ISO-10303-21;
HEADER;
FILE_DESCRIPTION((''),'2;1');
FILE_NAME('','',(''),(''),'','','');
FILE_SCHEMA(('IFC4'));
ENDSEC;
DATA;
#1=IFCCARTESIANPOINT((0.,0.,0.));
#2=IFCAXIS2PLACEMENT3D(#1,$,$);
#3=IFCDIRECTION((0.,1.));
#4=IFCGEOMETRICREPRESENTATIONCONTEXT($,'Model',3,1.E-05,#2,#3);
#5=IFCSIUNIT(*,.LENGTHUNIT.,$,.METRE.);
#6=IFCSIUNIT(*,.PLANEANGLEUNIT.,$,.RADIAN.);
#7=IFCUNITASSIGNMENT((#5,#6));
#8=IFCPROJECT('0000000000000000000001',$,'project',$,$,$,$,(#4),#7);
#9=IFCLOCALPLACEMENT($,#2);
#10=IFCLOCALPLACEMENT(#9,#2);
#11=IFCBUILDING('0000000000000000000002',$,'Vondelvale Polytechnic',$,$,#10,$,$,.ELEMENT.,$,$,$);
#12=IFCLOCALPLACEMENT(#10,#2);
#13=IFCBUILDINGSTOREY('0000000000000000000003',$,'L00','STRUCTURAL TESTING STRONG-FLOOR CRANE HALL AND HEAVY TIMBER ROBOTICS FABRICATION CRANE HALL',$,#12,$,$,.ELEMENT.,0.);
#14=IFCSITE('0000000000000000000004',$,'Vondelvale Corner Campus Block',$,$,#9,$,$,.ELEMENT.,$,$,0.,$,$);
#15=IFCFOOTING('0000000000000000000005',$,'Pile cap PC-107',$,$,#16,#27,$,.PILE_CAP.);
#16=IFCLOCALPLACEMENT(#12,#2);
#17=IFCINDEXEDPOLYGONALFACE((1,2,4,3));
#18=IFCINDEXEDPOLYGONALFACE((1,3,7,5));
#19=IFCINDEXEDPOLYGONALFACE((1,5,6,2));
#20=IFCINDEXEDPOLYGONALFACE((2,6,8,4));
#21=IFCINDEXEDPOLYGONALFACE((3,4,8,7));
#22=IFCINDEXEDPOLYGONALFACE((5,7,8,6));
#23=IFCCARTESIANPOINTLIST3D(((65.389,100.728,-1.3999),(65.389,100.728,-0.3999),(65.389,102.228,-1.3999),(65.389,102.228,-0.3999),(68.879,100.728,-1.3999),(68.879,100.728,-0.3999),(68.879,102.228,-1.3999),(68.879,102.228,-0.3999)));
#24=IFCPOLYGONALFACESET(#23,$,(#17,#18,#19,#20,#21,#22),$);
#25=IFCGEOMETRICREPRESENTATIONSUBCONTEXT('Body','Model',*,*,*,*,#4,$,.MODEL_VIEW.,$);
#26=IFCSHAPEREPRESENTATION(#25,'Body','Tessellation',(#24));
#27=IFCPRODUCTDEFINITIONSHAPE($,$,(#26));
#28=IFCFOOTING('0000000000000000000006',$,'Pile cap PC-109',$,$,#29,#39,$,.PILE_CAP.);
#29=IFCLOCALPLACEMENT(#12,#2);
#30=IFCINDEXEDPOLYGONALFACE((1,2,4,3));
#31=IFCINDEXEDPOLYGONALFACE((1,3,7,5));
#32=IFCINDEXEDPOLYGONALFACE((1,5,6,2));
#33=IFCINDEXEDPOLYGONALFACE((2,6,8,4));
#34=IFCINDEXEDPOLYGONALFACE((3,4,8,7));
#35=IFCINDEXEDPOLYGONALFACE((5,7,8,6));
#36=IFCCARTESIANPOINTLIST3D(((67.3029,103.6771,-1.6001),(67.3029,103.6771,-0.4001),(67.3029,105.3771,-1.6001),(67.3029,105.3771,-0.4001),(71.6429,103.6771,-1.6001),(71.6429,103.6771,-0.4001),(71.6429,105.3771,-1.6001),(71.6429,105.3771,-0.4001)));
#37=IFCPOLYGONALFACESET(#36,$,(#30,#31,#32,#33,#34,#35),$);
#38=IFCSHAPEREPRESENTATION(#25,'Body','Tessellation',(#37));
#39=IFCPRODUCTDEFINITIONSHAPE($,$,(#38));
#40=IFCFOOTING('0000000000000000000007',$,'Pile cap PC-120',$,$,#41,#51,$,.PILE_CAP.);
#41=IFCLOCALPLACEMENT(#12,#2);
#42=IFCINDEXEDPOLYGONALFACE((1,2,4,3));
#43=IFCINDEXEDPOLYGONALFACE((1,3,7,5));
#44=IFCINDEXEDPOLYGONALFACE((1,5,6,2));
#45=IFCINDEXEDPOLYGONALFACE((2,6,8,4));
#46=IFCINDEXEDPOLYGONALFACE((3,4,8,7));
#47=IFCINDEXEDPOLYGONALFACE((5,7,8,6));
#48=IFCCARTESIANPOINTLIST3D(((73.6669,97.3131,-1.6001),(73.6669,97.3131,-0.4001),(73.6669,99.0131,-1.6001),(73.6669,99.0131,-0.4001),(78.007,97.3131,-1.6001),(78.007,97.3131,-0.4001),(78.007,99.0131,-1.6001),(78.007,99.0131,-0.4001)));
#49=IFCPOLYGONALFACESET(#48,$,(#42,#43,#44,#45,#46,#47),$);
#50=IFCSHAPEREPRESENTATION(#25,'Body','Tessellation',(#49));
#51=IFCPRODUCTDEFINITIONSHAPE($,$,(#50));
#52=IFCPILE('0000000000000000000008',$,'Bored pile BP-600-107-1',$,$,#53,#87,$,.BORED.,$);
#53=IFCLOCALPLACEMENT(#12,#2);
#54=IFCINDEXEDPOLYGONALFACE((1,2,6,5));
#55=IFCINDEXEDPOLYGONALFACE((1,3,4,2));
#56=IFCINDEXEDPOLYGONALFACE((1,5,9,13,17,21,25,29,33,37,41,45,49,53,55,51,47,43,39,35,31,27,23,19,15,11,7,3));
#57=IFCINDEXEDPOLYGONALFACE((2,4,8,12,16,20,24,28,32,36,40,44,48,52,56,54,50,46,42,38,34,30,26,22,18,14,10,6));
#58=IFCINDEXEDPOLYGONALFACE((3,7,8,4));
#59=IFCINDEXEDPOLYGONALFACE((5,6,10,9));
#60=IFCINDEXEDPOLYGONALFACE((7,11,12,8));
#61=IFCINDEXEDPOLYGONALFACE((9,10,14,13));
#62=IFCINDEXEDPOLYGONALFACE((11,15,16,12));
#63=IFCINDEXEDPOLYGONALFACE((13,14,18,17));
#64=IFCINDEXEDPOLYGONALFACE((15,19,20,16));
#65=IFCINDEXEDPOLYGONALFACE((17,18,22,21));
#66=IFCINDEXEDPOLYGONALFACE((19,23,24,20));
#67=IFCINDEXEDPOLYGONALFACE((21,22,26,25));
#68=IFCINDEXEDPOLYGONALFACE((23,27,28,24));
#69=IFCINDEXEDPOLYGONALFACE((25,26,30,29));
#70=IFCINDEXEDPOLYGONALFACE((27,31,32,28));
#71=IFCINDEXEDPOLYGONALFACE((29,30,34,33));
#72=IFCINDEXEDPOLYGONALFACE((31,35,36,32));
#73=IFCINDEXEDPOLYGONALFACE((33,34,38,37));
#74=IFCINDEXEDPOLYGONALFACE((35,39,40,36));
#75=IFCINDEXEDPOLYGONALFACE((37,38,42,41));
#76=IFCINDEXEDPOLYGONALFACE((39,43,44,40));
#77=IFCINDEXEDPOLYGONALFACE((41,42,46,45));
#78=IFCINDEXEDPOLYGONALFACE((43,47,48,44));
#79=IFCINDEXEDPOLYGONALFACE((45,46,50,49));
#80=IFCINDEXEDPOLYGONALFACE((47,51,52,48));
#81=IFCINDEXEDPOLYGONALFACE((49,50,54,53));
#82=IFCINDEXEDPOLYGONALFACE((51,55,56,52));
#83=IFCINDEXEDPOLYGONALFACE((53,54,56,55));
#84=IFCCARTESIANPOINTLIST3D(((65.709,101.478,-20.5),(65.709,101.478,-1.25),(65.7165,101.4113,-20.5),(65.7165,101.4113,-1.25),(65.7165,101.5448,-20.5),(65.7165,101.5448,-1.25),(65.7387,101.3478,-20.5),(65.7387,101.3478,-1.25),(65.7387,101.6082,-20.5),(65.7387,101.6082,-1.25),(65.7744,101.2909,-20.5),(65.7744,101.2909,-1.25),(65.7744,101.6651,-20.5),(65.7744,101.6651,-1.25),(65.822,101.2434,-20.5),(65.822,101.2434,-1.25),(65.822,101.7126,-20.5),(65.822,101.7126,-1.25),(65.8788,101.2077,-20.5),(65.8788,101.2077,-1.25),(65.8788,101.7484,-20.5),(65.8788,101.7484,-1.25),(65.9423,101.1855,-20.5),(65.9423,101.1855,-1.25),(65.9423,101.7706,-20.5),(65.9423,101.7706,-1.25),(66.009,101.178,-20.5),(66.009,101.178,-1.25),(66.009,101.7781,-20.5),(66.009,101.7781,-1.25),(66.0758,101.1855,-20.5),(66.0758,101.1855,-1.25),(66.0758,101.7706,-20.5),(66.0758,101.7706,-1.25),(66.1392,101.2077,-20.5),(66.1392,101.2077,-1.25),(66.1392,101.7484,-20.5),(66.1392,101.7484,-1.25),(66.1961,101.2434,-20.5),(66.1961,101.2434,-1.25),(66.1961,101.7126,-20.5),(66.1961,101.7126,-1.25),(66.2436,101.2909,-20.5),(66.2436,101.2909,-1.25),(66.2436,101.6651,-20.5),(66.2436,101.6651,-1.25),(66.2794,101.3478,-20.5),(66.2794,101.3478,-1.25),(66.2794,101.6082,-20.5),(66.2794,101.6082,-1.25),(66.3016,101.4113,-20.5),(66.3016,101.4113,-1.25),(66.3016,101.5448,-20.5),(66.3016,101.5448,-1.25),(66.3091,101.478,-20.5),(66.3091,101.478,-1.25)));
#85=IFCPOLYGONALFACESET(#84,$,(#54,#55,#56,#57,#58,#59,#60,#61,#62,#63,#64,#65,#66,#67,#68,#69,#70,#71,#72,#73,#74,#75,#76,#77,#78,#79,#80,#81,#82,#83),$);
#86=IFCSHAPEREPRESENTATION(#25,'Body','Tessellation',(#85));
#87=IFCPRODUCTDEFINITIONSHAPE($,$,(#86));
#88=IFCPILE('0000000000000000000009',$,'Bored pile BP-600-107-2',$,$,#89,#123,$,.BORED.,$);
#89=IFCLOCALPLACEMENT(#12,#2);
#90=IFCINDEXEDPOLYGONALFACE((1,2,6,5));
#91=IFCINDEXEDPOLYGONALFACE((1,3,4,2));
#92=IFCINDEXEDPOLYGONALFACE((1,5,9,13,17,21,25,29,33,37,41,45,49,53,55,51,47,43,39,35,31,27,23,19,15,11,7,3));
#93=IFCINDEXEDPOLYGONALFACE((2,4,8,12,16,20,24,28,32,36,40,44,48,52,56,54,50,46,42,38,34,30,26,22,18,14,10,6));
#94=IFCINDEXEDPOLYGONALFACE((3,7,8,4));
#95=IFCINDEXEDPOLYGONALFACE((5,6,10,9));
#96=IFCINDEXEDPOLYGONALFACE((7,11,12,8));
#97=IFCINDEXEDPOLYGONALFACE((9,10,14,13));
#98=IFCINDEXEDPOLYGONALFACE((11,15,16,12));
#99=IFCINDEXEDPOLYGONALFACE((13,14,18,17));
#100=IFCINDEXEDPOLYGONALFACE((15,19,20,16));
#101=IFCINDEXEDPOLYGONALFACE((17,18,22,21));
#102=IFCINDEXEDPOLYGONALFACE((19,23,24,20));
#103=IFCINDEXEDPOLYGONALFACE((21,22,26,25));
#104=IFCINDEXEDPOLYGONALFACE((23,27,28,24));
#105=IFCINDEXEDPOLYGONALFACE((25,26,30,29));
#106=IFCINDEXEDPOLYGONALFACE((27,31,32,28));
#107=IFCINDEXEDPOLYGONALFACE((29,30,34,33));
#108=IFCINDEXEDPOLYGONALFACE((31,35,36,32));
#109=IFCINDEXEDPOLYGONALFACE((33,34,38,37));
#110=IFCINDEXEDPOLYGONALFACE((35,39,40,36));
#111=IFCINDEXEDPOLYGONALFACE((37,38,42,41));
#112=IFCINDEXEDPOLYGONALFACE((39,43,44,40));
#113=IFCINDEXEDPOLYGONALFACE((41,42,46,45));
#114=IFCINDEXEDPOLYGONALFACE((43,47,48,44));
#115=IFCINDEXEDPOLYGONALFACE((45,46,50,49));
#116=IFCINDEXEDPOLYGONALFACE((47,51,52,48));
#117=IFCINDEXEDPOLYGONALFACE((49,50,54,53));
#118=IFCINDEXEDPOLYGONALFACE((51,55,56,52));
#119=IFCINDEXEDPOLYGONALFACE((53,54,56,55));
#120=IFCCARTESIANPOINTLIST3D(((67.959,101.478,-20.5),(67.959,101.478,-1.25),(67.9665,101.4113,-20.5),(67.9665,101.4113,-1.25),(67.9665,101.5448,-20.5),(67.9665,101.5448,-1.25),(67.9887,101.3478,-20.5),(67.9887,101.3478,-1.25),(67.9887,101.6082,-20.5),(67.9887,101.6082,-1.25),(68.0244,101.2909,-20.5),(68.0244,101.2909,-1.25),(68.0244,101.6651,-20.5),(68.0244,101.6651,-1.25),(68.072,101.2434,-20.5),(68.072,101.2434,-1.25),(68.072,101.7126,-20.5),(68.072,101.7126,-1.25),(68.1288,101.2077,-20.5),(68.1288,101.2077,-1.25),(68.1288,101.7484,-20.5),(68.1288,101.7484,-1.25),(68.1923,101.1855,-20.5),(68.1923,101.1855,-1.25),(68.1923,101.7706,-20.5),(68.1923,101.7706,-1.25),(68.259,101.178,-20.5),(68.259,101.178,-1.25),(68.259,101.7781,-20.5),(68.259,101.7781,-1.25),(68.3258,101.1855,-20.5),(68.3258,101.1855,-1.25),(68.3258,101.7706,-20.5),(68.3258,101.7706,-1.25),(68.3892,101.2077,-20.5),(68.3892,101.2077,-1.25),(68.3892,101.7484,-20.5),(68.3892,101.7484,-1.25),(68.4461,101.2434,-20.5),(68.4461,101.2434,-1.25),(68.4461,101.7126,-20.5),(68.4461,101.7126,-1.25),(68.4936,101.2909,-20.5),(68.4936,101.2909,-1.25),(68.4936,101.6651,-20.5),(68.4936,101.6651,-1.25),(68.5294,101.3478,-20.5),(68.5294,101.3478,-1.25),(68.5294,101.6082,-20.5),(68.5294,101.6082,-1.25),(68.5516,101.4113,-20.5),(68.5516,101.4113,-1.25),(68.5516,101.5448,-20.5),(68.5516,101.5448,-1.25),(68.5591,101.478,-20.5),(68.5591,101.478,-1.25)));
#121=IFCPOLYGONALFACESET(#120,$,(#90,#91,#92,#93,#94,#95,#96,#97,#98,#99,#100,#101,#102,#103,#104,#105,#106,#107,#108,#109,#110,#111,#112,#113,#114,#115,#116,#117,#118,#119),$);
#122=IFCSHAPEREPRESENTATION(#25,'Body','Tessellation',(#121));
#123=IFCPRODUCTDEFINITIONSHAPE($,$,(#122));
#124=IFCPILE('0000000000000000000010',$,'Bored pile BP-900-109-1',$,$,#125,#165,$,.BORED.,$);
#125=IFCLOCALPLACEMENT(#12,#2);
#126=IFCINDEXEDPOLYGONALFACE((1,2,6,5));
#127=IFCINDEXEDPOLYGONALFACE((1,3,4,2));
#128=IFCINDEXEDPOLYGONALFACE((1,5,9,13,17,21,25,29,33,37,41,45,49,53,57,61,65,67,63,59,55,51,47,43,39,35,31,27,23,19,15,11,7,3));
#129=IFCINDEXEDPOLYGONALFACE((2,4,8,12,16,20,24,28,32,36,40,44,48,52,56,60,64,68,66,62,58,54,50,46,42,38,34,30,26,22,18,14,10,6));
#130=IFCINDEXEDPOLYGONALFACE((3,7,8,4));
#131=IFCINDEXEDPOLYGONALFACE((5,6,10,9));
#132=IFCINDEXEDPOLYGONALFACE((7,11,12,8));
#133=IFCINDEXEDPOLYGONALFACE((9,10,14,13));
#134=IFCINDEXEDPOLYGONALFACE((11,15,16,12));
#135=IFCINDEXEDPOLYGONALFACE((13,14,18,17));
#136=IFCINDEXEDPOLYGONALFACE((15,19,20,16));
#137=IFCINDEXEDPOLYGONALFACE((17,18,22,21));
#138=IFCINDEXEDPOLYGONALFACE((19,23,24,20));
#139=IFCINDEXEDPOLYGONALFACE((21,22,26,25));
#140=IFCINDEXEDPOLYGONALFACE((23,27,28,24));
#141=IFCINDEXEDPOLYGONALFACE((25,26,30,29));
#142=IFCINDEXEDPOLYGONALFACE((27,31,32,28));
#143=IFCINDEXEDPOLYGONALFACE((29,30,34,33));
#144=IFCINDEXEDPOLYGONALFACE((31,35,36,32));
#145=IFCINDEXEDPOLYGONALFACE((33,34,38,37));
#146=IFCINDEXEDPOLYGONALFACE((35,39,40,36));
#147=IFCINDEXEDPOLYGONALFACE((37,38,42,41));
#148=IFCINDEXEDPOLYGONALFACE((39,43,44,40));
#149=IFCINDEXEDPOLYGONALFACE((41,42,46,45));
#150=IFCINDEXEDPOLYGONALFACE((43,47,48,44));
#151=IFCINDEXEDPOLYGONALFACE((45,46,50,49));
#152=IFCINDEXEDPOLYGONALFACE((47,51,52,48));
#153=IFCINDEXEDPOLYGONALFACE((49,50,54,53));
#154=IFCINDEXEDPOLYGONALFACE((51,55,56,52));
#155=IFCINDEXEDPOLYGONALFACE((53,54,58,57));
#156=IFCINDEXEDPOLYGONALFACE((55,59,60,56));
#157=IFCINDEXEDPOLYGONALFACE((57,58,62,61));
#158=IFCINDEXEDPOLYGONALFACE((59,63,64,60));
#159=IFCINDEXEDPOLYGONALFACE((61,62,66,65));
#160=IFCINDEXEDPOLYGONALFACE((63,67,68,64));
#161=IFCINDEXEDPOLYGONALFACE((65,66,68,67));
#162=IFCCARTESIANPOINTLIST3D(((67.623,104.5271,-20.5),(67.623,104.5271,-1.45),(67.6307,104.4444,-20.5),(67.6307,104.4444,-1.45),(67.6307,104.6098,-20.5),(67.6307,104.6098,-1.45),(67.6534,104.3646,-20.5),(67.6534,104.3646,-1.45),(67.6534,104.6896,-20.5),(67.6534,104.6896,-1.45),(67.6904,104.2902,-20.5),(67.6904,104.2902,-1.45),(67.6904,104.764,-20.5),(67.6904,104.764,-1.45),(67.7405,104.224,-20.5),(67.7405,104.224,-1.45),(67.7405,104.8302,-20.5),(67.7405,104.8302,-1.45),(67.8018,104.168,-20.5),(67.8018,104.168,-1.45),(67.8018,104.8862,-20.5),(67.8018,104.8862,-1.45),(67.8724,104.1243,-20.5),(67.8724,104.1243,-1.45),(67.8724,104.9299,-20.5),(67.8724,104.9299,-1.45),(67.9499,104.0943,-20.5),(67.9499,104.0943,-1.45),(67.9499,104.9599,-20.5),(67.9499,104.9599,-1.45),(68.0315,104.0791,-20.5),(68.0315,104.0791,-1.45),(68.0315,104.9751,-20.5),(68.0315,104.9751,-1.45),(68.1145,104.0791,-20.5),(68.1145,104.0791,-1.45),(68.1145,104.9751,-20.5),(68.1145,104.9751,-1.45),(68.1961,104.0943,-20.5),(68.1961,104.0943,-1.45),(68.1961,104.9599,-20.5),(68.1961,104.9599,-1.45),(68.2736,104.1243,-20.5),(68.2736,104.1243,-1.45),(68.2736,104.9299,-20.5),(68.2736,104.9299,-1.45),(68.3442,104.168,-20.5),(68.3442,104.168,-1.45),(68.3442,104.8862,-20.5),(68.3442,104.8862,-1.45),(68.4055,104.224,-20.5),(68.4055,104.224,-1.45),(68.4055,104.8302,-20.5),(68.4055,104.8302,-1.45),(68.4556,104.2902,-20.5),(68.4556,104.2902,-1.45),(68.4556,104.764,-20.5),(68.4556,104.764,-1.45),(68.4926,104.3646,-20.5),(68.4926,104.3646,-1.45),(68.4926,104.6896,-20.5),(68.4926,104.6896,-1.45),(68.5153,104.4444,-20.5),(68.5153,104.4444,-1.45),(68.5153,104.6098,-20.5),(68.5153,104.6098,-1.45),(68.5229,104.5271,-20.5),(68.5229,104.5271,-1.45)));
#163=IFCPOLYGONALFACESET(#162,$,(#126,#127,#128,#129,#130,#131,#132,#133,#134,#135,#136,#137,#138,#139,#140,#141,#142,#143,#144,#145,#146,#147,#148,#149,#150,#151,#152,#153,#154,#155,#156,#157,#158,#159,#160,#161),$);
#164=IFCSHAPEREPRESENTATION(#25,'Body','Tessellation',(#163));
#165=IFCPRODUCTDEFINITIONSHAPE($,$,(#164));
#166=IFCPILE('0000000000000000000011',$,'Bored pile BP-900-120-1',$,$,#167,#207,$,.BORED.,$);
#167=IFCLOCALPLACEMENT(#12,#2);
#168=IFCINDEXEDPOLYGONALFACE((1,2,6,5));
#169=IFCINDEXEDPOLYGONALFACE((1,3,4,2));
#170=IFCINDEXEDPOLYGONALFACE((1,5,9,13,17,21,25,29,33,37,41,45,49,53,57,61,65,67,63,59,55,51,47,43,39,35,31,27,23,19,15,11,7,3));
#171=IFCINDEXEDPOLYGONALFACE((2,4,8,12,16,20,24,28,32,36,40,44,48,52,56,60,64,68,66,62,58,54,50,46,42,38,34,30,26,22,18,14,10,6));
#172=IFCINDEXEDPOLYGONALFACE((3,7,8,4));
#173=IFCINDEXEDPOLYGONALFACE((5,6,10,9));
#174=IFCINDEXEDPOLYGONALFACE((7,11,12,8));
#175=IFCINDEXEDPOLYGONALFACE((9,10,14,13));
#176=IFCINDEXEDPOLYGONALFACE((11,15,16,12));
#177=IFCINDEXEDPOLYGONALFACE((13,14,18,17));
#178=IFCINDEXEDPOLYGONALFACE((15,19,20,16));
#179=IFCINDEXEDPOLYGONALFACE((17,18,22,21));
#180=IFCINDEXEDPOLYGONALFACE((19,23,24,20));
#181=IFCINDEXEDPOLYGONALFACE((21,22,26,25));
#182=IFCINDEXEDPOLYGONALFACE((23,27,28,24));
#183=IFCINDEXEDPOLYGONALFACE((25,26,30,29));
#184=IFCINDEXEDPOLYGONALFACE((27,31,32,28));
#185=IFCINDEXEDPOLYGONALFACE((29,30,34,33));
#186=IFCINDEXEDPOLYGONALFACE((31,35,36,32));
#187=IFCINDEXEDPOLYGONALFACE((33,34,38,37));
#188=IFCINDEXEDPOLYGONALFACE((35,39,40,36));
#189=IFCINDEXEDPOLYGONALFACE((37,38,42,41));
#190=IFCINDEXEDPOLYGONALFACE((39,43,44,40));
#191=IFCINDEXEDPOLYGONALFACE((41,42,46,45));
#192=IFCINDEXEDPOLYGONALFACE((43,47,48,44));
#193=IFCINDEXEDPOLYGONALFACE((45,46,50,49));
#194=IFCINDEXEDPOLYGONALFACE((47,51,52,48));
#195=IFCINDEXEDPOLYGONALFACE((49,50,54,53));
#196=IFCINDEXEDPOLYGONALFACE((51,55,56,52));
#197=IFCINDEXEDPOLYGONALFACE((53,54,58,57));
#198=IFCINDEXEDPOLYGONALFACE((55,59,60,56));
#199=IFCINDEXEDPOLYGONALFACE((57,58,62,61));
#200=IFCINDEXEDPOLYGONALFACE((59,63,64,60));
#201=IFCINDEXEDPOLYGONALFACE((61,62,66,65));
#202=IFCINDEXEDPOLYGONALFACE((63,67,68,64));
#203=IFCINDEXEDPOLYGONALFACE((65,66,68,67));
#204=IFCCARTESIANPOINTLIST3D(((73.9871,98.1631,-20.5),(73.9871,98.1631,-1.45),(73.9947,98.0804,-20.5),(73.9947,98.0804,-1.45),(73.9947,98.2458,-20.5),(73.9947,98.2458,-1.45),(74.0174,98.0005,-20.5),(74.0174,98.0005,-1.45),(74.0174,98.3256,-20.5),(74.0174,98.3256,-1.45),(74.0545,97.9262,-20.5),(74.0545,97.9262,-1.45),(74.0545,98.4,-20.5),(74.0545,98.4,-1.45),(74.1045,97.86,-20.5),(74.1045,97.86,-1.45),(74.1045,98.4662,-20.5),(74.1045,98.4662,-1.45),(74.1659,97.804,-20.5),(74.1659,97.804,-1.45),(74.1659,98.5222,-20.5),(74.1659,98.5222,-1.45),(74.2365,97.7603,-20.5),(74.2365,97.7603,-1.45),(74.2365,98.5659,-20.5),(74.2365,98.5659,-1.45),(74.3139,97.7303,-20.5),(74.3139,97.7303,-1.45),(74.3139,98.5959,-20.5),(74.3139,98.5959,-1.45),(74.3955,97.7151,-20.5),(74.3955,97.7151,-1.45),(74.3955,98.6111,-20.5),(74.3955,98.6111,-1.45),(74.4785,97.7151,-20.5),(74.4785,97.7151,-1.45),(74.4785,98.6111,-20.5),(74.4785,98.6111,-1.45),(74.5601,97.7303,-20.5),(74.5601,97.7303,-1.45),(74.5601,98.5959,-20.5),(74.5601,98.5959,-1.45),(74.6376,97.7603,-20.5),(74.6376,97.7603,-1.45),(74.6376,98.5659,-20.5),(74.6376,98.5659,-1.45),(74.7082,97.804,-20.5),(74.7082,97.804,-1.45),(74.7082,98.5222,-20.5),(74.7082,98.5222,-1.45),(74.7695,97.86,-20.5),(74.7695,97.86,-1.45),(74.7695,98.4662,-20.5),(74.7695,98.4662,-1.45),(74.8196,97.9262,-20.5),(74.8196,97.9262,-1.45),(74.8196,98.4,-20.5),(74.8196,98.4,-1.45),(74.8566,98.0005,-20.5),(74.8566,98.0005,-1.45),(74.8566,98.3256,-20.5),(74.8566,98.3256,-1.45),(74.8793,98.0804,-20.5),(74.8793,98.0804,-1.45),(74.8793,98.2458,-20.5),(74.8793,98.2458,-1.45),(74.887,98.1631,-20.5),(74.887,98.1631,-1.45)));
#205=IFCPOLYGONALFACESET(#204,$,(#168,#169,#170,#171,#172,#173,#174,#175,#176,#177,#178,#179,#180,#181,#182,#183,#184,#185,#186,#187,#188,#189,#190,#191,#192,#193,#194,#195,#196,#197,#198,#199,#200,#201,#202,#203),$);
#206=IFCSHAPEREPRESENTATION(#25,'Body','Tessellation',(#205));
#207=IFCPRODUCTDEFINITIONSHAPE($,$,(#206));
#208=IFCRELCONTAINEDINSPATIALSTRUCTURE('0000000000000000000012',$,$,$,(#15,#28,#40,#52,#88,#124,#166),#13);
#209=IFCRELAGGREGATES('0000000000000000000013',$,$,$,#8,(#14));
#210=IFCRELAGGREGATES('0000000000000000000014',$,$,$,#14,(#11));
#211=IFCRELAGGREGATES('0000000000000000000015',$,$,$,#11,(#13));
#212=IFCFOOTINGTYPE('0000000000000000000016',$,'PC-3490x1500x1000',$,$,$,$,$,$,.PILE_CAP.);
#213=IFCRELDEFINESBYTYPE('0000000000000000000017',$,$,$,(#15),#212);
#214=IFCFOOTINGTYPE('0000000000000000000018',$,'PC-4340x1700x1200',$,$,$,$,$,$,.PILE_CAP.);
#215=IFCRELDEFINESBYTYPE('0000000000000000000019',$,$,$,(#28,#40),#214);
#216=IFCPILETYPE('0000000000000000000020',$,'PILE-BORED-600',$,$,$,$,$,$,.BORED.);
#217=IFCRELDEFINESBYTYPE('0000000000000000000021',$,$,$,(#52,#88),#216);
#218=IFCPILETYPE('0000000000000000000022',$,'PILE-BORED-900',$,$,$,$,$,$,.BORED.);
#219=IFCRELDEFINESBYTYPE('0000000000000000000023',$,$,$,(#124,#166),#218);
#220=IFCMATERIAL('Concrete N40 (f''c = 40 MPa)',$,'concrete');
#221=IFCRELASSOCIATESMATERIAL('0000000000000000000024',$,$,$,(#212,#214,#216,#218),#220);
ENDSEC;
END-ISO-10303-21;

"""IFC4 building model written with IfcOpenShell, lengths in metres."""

from ifc_helpers import new_model, si_unit, direction, frame, origin, origin_2d, place, context, subcontext, project, spatial, rectangle, circle, extrude, material, material_profile, profile_set, type_object, element, save


model = new_model("IFC4")

# Units and contexts
model_context = context("Model", 3, precision=1e-05, world=origin(), true_north=direction((0.0, 1.0)))
body_context = subcontext(model_context, "Body", "Model", "MODEL_VIEW")
ifc_project = project(units=[si_unit("LENGTHUNIT", "METRE"), si_unit("PLANEANGLEUNIT", "RADIAN")], contexts=[model_context])

# Site, building, storey
site_placement = place(None, origin())
site = spatial("IfcSite", under=ifc_project, at=site_placement, Name="Vondelvale Corner Campus Block", CompositionType="ELEMENT", RefElevation=0.0)
building_placement = place(site_placement, origin())
building = spatial("IfcBuilding", under=site, at=building_placement, Name="Vondelvale Polytechnic", CompositionType="ELEMENT")
storey_placement = place(building_placement, origin())
storey = spatial("IfcBuildingStorey", under=building, at=storey_placement, Name="L00", Description="STRUCTURAL TESTING STRONG-FLOOR CRANE HALL AND HEAVY TIMBER ROBOTICS FABRICATION CRANE HALL", CompositionType="ELEMENT", Elevation=0.0)

# Footings
ifc_material_1 = material(Name="Concrete N40 (f'c = 40 MPa)", Category="concrete")
footing_type_1 = type_object("IfcFootingType", Name="PC-3490x1500x1000", PredefinedType="PILE_CAP", material=ifc_material_1)
footing_placement = place(storey_placement, frame((67.134, 101.478, -1.3999), z_axis=(0.0, 0.0, 1.0), x_axis=(1.0, 0.0, 0.0)))
element("IfcFooting", 1, at=footing_placement, inside=storey, type_object=footing_type_1, Name="Pile cap PC-107", PredefinedType="PILE_CAP", context=body_context, shape_type="SweptSolid", body=[
    extrude(rectangle(XDim=3.49, YDim=1.5, at=origin_2d()), origin(), (0.0, 0.0, 1.0), 1.0),
])
footing_type_2 = type_object("IfcFootingType", Name="PC-4340x1700x1200", PredefinedType="PILE_CAP", material=ifc_material_1)
for number, where, z_axis, x_axis, name in (
    (2, (69.4729, 104.5271, -1.6001), (0.0, 0.0, 1.0), (1.0, 0.0, 0.0), "Pile cap PC-109"),
    (3, (75.8369, 98.1631, -1.6001), (0.0, 0.0, 1.0), (1.0, 0.0, 0.0), "Pile cap PC-120"),
):
    element("IfcFooting", number, at=place(storey_placement, frame(where, z_axis=z_axis, x_axis=x_axis)), inside=storey, type_object=footing_type_2, Name=name, PredefinedType="PILE_CAP", context=body_context, shape_type="SweptSolid", body=[
        extrude(rectangle(XDim=4.3401, YDim=1.7, at=origin_2d()), origin(), (0.0, 0.0, 1.0), 1.2),
    ])

# Piles
ifc_material_profile_1 = material_profile(ifc_material_1, circle(Radius=0.3, at=origin_2d()), Name="PILE-D600")
ifc_profile_set_1 = profile_set([ifc_material_profile_1], Name="Concrete N40 (f'c = 40 MPa)")
pile_type_1 = type_object("IfcPileType", Name="PILE-BORED-600", PredefinedType="BORED", material=ifc_profile_set_1)
for number, where, z_axis, x_axis, name in (
    (4, (66.009, 101.478, -1.25), (0.0, 0.0, -1.0), (1.0, 0.0, 0.0), "Bored pile BP-600-107-1"),
    (5, (68.259, 101.478, -1.25), (0.0, 0.0, -1.0), (1.0, 0.0, 0.0), "Bored pile BP-600-107-2"),
):
    element("IfcPile", number, at=place(storey_placement, frame(where, z_axis=z_axis, x_axis=x_axis)), inside=storey, type_object=pile_type_1, Name=name, PredefinedType="BORED", context=body_context, shape_type="SweptSolid", body=[
        extrude(circle(Radius=0.3, at=origin_2d()), origin(), (0.0, 0.0, 1.0), 19.25),
    ])
ifc_material_profile_2 = material_profile(ifc_material_1, circle(Radius=0.45, at=origin_2d()), Name="PILE-D900")
ifc_profile_set_2 = profile_set([ifc_material_profile_2], Name="Concrete N40 (f'c = 40 MPa)")
pile_type_2 = type_object("IfcPileType", Name="PILE-BORED-900", PredefinedType="BORED", material=ifc_profile_set_2)
for number, where, z_axis, x_axis, name in (
    (6, (68.073, 104.5271, -1.45), (0.0, 0.0, -1.0), (1.0, 0.0, 0.0), "Bored pile BP-900-109-1"),
    (7, (74.437, 98.1631, -1.45), (0.0, 0.0, -1.0), (1.0, 0.0, 0.0), "Bored pile BP-900-120-1"),
):
    element("IfcPile", number, at=place(storey_placement, frame(where, z_axis=z_axis, x_axis=x_axis)), inside=storey, type_object=pile_type_2, Name=name, PredefinedType="BORED", context=body_context, shape_type="SweptSolid", body=[
        extrude(circle(Radius=0.45, at=origin_2d()), origin(), (0.0, 0.0, 1.0), 19.05),
    ])

save(model, "model.ifc")
